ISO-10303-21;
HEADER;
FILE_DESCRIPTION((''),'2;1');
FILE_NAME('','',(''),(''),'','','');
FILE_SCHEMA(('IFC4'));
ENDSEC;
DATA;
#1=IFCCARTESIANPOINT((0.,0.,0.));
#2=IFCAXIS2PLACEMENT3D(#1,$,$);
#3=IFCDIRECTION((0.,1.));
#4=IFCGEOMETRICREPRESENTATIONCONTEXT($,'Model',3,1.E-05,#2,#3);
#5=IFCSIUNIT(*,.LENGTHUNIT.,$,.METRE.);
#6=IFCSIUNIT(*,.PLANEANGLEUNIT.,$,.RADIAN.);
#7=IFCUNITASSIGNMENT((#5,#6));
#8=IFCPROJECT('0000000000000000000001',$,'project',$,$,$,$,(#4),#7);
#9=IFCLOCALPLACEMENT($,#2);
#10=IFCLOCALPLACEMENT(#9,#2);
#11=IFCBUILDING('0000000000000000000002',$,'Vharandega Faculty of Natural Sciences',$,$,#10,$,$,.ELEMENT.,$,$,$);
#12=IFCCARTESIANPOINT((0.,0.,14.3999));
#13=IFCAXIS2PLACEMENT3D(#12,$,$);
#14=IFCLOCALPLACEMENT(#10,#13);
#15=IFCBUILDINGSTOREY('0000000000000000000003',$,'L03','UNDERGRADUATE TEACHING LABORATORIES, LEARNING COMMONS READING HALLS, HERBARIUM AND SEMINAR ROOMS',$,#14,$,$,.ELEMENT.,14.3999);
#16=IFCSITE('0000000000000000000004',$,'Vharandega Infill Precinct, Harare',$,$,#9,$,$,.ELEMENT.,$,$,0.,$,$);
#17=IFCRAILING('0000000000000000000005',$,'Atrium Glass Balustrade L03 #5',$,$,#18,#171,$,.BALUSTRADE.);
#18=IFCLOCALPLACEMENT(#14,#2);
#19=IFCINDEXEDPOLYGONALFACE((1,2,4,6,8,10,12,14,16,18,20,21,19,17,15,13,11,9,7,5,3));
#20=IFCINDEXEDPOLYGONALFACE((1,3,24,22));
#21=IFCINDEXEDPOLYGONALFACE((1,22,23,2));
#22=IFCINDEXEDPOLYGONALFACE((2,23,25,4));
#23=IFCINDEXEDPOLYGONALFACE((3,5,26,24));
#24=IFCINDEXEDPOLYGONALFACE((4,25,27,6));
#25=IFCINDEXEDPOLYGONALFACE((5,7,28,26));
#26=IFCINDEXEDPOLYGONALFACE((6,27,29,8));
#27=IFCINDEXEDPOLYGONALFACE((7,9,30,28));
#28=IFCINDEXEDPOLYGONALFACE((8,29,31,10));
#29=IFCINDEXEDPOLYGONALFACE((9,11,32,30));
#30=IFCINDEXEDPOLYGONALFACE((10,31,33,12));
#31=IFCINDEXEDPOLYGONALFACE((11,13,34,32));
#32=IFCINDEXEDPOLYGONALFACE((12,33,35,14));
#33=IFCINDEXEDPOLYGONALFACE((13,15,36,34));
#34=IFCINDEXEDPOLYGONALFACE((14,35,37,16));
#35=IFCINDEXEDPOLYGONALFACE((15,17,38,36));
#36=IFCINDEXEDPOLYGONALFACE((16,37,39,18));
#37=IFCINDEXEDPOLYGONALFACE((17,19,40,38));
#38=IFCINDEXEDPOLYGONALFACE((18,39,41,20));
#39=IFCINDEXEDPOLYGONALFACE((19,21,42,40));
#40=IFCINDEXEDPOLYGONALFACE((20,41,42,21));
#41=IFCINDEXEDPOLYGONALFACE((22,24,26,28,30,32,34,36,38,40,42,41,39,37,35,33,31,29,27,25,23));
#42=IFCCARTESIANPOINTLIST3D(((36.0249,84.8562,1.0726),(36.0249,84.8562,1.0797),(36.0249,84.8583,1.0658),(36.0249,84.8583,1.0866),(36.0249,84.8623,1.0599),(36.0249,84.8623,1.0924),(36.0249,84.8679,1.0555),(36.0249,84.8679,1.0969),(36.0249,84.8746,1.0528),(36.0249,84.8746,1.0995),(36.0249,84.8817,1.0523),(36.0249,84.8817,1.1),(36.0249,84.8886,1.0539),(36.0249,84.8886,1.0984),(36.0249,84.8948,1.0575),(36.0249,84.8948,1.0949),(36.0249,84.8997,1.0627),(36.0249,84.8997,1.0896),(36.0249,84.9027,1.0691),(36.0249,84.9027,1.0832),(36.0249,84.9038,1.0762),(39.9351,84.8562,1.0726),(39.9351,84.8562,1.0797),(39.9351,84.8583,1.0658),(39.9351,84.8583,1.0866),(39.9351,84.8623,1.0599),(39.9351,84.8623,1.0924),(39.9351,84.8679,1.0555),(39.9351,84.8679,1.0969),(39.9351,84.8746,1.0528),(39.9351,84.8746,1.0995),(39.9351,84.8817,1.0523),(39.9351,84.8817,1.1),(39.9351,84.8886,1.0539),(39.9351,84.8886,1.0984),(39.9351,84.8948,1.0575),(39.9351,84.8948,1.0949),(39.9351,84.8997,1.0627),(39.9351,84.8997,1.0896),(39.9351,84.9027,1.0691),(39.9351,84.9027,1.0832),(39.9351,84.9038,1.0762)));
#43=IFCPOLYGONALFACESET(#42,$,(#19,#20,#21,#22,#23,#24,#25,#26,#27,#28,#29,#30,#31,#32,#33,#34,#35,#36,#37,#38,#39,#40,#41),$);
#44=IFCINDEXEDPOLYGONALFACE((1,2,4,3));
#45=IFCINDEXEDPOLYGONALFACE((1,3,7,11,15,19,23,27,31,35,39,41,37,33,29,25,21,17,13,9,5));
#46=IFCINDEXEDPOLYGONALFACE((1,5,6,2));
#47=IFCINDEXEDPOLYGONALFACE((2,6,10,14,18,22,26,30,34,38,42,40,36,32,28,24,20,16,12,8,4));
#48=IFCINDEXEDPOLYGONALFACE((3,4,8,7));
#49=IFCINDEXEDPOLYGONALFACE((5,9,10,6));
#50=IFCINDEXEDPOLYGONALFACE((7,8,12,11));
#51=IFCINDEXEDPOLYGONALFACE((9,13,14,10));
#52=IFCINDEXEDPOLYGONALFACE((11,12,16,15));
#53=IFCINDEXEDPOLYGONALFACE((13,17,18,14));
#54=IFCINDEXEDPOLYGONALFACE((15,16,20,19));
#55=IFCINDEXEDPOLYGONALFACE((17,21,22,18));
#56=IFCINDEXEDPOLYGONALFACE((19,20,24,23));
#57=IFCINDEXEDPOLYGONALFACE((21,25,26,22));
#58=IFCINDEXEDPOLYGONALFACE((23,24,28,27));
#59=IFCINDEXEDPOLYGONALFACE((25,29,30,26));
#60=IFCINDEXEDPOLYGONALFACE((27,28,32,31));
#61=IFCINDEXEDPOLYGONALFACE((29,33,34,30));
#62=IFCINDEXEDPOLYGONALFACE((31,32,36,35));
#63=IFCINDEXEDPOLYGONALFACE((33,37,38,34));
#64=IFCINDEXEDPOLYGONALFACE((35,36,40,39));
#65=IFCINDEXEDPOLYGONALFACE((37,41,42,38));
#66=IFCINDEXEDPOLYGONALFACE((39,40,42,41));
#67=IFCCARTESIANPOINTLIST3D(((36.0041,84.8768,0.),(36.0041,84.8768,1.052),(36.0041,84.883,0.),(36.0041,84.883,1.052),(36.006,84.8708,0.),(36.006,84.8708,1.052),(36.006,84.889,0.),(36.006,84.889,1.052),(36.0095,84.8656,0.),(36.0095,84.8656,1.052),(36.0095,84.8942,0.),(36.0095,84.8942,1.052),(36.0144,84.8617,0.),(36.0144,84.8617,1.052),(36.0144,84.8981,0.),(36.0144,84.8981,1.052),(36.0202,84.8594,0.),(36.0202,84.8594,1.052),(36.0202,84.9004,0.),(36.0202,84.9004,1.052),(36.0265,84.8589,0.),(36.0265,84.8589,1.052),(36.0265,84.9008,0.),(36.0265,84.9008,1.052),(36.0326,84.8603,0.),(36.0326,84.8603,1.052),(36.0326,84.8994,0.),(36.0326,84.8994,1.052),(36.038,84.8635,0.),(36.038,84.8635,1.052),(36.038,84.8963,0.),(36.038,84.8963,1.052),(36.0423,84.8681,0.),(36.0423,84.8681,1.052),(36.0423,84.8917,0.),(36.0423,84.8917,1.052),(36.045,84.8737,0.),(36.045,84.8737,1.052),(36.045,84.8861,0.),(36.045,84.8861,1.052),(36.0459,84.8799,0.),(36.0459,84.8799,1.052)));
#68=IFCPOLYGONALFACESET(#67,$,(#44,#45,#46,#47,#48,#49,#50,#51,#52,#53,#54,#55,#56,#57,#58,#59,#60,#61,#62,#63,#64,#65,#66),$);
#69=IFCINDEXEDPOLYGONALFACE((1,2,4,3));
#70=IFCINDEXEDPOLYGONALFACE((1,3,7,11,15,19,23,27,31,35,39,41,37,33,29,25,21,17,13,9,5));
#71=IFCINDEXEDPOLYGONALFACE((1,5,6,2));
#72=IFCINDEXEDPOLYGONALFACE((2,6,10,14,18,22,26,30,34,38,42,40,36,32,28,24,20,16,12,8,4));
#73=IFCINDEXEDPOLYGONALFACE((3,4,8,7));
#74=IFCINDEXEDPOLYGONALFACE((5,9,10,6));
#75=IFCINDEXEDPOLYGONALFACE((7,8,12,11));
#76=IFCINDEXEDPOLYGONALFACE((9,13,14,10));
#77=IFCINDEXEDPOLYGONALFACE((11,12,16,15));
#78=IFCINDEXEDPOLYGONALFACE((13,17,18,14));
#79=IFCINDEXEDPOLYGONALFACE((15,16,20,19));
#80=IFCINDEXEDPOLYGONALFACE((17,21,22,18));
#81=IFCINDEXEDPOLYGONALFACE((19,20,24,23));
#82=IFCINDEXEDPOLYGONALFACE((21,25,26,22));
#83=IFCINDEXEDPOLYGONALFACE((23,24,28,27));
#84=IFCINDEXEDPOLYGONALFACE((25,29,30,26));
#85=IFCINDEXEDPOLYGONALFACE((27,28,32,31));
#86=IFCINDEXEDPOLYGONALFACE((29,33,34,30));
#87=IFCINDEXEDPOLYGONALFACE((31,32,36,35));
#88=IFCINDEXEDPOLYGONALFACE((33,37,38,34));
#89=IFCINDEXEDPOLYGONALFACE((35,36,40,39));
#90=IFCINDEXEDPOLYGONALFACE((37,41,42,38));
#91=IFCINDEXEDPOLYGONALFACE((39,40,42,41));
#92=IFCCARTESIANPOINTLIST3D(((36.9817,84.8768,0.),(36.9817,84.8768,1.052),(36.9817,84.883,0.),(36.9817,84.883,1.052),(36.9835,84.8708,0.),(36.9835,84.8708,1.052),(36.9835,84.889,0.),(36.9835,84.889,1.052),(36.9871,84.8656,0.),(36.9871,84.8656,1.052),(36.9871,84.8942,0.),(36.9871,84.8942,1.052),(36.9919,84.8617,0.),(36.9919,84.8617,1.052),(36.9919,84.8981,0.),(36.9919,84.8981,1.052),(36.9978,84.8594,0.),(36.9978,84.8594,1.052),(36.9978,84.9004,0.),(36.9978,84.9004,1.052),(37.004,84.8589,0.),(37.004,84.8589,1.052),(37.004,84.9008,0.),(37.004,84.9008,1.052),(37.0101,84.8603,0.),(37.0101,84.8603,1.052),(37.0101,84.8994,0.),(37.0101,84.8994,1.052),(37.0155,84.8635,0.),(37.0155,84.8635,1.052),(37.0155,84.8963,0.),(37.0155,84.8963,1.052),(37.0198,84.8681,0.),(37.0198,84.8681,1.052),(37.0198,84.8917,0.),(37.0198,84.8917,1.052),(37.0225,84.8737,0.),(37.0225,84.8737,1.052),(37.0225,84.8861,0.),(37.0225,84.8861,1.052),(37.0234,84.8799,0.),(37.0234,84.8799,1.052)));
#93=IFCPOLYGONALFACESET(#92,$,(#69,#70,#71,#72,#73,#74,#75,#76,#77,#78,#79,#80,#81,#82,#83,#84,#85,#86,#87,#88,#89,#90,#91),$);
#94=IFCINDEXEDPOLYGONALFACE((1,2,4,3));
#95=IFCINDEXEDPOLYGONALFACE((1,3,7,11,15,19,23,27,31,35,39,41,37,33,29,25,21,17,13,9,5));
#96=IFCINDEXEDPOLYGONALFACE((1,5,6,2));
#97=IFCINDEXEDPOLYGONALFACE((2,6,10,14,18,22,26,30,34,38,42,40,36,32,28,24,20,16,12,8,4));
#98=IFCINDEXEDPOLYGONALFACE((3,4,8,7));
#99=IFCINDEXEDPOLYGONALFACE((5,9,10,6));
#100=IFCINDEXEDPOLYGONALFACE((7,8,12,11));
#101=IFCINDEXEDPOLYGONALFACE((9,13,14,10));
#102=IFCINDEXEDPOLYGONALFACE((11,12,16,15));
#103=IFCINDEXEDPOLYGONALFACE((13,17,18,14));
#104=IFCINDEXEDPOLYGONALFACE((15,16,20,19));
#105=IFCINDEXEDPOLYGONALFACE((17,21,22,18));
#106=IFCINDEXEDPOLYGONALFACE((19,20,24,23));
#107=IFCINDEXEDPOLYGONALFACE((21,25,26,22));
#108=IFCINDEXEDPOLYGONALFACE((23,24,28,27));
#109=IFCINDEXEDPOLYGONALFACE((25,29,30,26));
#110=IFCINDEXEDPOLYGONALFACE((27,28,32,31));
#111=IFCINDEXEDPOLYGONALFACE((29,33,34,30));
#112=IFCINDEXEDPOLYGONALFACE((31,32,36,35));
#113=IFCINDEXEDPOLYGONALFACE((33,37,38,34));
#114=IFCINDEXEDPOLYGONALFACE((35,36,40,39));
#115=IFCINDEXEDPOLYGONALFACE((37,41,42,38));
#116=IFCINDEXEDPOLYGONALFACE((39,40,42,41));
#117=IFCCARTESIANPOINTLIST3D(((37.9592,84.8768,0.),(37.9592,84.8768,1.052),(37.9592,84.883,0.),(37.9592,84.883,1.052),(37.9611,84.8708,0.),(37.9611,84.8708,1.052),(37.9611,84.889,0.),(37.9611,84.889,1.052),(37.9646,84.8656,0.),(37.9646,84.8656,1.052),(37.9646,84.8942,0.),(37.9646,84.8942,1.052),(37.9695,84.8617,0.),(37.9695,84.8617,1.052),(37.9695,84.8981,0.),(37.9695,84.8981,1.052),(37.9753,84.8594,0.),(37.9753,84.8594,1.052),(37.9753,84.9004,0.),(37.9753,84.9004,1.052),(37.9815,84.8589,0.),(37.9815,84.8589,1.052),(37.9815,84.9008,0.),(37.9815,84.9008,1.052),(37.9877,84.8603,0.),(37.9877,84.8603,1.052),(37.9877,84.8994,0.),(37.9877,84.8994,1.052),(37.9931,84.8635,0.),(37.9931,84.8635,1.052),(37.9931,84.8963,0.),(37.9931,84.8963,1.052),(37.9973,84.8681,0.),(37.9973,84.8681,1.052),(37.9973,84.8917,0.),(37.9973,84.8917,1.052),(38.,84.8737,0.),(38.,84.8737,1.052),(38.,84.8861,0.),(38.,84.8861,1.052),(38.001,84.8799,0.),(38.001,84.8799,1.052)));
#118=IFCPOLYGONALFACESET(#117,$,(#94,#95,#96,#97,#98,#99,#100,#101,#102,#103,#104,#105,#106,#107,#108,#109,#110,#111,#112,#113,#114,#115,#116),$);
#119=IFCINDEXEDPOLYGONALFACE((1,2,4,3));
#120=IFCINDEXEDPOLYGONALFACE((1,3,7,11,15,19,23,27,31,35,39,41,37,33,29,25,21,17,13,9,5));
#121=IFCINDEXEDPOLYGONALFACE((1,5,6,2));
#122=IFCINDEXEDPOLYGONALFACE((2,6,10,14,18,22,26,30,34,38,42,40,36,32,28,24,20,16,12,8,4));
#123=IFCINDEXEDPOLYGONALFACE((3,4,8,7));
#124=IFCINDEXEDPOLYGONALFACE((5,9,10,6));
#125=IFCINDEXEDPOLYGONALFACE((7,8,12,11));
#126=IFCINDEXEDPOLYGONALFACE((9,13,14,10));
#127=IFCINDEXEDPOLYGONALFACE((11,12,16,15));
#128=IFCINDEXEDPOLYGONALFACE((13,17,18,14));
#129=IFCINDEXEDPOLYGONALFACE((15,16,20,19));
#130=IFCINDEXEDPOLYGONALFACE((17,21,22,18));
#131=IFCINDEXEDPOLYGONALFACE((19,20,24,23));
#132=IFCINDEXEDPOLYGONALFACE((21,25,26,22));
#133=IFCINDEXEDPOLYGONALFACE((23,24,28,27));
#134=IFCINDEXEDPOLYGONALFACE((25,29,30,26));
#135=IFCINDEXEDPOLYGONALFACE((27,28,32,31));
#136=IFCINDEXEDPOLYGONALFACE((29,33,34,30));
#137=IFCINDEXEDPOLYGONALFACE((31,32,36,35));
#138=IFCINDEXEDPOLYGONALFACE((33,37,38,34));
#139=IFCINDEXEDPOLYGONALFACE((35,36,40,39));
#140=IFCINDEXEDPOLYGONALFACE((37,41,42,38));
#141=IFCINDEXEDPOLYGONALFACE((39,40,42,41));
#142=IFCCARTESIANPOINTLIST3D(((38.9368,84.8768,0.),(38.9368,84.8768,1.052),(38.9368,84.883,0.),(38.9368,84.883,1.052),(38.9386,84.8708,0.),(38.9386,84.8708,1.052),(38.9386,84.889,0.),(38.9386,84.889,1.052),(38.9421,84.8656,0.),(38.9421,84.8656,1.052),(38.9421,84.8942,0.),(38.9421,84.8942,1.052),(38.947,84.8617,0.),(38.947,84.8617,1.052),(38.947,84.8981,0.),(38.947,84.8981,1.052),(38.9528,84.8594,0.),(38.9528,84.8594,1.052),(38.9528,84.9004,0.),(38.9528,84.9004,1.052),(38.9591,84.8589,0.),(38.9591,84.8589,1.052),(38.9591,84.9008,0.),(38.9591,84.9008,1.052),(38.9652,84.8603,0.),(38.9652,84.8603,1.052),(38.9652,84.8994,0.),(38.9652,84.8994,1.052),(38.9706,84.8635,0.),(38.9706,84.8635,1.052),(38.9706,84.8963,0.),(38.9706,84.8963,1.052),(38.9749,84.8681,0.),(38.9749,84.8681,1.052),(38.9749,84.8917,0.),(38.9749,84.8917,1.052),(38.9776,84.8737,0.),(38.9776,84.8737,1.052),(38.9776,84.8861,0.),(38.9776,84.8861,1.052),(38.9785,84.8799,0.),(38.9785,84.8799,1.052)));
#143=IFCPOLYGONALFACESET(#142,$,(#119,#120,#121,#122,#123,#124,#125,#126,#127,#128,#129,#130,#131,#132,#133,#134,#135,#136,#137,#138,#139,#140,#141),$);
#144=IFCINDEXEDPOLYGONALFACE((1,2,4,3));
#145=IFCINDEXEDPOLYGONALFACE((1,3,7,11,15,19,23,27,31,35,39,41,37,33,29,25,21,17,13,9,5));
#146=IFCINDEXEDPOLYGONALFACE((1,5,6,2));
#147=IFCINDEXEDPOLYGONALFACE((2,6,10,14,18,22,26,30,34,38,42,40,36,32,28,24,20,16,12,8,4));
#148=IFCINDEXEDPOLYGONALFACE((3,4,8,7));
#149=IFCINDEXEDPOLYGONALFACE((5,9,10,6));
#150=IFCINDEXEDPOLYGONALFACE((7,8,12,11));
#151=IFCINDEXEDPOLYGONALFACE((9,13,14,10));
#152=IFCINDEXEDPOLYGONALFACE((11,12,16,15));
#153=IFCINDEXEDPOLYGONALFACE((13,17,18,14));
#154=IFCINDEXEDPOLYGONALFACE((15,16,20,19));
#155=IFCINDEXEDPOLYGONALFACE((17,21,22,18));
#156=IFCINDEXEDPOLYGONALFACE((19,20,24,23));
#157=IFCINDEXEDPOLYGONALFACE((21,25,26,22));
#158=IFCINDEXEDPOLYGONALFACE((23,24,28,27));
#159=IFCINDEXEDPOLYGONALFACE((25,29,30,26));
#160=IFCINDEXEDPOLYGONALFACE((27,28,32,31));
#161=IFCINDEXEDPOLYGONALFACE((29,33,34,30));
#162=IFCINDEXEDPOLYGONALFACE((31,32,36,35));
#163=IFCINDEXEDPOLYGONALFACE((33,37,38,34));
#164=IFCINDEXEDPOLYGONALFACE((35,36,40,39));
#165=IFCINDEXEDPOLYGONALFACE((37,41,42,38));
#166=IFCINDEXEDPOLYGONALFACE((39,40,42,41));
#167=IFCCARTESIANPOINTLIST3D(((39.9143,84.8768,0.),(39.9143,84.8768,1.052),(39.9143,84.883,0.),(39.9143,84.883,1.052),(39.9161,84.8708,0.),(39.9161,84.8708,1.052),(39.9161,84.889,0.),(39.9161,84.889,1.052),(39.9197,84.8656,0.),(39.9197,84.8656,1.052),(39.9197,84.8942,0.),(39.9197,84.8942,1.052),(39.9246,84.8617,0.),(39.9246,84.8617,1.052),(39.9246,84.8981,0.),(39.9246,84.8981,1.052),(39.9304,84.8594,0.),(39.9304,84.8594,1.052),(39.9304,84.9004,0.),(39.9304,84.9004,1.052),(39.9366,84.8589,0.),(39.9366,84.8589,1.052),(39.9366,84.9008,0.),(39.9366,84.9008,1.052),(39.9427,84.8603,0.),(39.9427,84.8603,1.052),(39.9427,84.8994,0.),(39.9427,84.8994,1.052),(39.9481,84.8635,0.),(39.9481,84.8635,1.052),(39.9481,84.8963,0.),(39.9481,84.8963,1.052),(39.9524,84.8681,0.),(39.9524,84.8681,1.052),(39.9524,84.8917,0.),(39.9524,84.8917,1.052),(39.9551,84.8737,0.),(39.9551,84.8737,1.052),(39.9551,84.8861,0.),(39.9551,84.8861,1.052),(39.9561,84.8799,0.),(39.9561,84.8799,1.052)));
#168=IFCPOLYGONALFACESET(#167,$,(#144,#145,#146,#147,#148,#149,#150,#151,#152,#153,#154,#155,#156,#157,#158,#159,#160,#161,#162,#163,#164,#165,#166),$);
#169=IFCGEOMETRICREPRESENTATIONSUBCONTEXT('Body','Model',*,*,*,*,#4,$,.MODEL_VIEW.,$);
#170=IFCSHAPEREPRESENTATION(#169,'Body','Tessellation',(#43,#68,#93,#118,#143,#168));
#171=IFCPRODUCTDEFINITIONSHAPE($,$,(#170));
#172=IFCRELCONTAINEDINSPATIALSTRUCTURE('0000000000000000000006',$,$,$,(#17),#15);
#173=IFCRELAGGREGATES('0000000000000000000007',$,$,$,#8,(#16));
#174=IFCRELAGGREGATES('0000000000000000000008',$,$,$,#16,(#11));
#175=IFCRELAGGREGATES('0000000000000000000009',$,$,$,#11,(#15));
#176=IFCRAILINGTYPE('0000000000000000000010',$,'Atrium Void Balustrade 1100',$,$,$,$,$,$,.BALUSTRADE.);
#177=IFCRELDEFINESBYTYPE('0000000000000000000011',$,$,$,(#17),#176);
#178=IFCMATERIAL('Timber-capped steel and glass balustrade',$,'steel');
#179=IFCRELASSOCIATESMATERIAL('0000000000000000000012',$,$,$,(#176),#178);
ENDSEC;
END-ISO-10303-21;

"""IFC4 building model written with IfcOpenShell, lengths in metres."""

from ifc_helpers import new_model, si_unit, direction, frame, origin, origin_2d, place, context, subcontext, project, spatial, circle, extrude, material, type_object, element, save


model = new_model("IFC4")

# Units and contexts
model_context = context("Model", 3, precision=1e-05, world=origin(), true_north=direction((0.0, 1.0)))
body_context = subcontext(model_context, "Body", "Model", "MODEL_VIEW")
ifc_project = project(units=[si_unit("LENGTHUNIT", "METRE"), si_unit("PLANEANGLEUNIT", "RADIAN")], contexts=[model_context])

# Site, building, storey
site_placement = place(None, origin())
site = spatial("IfcSite", under=ifc_project, at=site_placement, Name="Vharandega Infill Precinct, Harare", CompositionType="ELEMENT", RefElevation=0.0)
building_placement = place(site_placement, origin())
building = spatial("IfcBuilding", under=site, at=building_placement, Name="Vharandega Faculty of Natural Sciences", CompositionType="ELEMENT")
storey_placement = place(building_placement, frame((0.0, 0.0, 14.3999)))
storey = spatial("IfcBuildingStorey", under=building, at=storey_placement, Name="L03", Description="UNDERGRADUATE TEACHING LABORATORIES, LEARNING COMMONS READING HALLS, HERBARIUM AND SEMINAR ROOMS", CompositionType="ELEMENT", Elevation=14.3999)

# Railing
ifc_material_1 = material(Name="Timber-capped steel and glass balustrade", Category="steel")
railing_type = type_object("IfcRailingType", Name="Atrium Void Balustrade 1100", PredefinedType="BALUSTRADE", material=ifc_material_1)
for number, where, name in (
    (1, (36.0249, 84.8799, 0.0), "Atrium Glass Balustrade L03 #5"),
):
    element("IfcRailing", number, at=place(storey_placement, frame(where)), inside=storey, type_object=railing_type, Name=name, PredefinedType="BALUSTRADE", context=body_context, shape_type="SweptSolid", body=[
        extrude(circle(Radius=0.0239, at=origin_2d()), frame((0.0, 0.0, 1.0762), z_axis=(1.0, 0.0, 0.0), x_axis=(0.0, 1.0, 0.0)), (0.0, 0.0, 1.0), 3.9102),
        extrude(circle(Radius=0.021, at=origin_2d()), origin(), (0.0, 0.0, 1.0), 1.052),
        extrude(circle(Radius=0.021, at=origin_2d()), frame((0.9775, 0.0, 0.0)), (0.0, 0.0, 1.0), 1.052),
        extrude(circle(Radius=0.021, at=origin_2d()), frame((1.9551, 0.0, 0.0)), (0.0, 0.0, 1.0), 1.052),
        extrude(circle(Radius=0.021, at=origin_2d()), frame((2.9326, 0.0, 0.0)), (0.0, 0.0, 1.0), 1.052),
        extrude(circle(Radius=0.021, at=origin_2d()), frame((3.9102, 0.0, 0.0)), (0.0, 0.0, 1.0), 1.052),
    ])

save(model, "model.ifc")
